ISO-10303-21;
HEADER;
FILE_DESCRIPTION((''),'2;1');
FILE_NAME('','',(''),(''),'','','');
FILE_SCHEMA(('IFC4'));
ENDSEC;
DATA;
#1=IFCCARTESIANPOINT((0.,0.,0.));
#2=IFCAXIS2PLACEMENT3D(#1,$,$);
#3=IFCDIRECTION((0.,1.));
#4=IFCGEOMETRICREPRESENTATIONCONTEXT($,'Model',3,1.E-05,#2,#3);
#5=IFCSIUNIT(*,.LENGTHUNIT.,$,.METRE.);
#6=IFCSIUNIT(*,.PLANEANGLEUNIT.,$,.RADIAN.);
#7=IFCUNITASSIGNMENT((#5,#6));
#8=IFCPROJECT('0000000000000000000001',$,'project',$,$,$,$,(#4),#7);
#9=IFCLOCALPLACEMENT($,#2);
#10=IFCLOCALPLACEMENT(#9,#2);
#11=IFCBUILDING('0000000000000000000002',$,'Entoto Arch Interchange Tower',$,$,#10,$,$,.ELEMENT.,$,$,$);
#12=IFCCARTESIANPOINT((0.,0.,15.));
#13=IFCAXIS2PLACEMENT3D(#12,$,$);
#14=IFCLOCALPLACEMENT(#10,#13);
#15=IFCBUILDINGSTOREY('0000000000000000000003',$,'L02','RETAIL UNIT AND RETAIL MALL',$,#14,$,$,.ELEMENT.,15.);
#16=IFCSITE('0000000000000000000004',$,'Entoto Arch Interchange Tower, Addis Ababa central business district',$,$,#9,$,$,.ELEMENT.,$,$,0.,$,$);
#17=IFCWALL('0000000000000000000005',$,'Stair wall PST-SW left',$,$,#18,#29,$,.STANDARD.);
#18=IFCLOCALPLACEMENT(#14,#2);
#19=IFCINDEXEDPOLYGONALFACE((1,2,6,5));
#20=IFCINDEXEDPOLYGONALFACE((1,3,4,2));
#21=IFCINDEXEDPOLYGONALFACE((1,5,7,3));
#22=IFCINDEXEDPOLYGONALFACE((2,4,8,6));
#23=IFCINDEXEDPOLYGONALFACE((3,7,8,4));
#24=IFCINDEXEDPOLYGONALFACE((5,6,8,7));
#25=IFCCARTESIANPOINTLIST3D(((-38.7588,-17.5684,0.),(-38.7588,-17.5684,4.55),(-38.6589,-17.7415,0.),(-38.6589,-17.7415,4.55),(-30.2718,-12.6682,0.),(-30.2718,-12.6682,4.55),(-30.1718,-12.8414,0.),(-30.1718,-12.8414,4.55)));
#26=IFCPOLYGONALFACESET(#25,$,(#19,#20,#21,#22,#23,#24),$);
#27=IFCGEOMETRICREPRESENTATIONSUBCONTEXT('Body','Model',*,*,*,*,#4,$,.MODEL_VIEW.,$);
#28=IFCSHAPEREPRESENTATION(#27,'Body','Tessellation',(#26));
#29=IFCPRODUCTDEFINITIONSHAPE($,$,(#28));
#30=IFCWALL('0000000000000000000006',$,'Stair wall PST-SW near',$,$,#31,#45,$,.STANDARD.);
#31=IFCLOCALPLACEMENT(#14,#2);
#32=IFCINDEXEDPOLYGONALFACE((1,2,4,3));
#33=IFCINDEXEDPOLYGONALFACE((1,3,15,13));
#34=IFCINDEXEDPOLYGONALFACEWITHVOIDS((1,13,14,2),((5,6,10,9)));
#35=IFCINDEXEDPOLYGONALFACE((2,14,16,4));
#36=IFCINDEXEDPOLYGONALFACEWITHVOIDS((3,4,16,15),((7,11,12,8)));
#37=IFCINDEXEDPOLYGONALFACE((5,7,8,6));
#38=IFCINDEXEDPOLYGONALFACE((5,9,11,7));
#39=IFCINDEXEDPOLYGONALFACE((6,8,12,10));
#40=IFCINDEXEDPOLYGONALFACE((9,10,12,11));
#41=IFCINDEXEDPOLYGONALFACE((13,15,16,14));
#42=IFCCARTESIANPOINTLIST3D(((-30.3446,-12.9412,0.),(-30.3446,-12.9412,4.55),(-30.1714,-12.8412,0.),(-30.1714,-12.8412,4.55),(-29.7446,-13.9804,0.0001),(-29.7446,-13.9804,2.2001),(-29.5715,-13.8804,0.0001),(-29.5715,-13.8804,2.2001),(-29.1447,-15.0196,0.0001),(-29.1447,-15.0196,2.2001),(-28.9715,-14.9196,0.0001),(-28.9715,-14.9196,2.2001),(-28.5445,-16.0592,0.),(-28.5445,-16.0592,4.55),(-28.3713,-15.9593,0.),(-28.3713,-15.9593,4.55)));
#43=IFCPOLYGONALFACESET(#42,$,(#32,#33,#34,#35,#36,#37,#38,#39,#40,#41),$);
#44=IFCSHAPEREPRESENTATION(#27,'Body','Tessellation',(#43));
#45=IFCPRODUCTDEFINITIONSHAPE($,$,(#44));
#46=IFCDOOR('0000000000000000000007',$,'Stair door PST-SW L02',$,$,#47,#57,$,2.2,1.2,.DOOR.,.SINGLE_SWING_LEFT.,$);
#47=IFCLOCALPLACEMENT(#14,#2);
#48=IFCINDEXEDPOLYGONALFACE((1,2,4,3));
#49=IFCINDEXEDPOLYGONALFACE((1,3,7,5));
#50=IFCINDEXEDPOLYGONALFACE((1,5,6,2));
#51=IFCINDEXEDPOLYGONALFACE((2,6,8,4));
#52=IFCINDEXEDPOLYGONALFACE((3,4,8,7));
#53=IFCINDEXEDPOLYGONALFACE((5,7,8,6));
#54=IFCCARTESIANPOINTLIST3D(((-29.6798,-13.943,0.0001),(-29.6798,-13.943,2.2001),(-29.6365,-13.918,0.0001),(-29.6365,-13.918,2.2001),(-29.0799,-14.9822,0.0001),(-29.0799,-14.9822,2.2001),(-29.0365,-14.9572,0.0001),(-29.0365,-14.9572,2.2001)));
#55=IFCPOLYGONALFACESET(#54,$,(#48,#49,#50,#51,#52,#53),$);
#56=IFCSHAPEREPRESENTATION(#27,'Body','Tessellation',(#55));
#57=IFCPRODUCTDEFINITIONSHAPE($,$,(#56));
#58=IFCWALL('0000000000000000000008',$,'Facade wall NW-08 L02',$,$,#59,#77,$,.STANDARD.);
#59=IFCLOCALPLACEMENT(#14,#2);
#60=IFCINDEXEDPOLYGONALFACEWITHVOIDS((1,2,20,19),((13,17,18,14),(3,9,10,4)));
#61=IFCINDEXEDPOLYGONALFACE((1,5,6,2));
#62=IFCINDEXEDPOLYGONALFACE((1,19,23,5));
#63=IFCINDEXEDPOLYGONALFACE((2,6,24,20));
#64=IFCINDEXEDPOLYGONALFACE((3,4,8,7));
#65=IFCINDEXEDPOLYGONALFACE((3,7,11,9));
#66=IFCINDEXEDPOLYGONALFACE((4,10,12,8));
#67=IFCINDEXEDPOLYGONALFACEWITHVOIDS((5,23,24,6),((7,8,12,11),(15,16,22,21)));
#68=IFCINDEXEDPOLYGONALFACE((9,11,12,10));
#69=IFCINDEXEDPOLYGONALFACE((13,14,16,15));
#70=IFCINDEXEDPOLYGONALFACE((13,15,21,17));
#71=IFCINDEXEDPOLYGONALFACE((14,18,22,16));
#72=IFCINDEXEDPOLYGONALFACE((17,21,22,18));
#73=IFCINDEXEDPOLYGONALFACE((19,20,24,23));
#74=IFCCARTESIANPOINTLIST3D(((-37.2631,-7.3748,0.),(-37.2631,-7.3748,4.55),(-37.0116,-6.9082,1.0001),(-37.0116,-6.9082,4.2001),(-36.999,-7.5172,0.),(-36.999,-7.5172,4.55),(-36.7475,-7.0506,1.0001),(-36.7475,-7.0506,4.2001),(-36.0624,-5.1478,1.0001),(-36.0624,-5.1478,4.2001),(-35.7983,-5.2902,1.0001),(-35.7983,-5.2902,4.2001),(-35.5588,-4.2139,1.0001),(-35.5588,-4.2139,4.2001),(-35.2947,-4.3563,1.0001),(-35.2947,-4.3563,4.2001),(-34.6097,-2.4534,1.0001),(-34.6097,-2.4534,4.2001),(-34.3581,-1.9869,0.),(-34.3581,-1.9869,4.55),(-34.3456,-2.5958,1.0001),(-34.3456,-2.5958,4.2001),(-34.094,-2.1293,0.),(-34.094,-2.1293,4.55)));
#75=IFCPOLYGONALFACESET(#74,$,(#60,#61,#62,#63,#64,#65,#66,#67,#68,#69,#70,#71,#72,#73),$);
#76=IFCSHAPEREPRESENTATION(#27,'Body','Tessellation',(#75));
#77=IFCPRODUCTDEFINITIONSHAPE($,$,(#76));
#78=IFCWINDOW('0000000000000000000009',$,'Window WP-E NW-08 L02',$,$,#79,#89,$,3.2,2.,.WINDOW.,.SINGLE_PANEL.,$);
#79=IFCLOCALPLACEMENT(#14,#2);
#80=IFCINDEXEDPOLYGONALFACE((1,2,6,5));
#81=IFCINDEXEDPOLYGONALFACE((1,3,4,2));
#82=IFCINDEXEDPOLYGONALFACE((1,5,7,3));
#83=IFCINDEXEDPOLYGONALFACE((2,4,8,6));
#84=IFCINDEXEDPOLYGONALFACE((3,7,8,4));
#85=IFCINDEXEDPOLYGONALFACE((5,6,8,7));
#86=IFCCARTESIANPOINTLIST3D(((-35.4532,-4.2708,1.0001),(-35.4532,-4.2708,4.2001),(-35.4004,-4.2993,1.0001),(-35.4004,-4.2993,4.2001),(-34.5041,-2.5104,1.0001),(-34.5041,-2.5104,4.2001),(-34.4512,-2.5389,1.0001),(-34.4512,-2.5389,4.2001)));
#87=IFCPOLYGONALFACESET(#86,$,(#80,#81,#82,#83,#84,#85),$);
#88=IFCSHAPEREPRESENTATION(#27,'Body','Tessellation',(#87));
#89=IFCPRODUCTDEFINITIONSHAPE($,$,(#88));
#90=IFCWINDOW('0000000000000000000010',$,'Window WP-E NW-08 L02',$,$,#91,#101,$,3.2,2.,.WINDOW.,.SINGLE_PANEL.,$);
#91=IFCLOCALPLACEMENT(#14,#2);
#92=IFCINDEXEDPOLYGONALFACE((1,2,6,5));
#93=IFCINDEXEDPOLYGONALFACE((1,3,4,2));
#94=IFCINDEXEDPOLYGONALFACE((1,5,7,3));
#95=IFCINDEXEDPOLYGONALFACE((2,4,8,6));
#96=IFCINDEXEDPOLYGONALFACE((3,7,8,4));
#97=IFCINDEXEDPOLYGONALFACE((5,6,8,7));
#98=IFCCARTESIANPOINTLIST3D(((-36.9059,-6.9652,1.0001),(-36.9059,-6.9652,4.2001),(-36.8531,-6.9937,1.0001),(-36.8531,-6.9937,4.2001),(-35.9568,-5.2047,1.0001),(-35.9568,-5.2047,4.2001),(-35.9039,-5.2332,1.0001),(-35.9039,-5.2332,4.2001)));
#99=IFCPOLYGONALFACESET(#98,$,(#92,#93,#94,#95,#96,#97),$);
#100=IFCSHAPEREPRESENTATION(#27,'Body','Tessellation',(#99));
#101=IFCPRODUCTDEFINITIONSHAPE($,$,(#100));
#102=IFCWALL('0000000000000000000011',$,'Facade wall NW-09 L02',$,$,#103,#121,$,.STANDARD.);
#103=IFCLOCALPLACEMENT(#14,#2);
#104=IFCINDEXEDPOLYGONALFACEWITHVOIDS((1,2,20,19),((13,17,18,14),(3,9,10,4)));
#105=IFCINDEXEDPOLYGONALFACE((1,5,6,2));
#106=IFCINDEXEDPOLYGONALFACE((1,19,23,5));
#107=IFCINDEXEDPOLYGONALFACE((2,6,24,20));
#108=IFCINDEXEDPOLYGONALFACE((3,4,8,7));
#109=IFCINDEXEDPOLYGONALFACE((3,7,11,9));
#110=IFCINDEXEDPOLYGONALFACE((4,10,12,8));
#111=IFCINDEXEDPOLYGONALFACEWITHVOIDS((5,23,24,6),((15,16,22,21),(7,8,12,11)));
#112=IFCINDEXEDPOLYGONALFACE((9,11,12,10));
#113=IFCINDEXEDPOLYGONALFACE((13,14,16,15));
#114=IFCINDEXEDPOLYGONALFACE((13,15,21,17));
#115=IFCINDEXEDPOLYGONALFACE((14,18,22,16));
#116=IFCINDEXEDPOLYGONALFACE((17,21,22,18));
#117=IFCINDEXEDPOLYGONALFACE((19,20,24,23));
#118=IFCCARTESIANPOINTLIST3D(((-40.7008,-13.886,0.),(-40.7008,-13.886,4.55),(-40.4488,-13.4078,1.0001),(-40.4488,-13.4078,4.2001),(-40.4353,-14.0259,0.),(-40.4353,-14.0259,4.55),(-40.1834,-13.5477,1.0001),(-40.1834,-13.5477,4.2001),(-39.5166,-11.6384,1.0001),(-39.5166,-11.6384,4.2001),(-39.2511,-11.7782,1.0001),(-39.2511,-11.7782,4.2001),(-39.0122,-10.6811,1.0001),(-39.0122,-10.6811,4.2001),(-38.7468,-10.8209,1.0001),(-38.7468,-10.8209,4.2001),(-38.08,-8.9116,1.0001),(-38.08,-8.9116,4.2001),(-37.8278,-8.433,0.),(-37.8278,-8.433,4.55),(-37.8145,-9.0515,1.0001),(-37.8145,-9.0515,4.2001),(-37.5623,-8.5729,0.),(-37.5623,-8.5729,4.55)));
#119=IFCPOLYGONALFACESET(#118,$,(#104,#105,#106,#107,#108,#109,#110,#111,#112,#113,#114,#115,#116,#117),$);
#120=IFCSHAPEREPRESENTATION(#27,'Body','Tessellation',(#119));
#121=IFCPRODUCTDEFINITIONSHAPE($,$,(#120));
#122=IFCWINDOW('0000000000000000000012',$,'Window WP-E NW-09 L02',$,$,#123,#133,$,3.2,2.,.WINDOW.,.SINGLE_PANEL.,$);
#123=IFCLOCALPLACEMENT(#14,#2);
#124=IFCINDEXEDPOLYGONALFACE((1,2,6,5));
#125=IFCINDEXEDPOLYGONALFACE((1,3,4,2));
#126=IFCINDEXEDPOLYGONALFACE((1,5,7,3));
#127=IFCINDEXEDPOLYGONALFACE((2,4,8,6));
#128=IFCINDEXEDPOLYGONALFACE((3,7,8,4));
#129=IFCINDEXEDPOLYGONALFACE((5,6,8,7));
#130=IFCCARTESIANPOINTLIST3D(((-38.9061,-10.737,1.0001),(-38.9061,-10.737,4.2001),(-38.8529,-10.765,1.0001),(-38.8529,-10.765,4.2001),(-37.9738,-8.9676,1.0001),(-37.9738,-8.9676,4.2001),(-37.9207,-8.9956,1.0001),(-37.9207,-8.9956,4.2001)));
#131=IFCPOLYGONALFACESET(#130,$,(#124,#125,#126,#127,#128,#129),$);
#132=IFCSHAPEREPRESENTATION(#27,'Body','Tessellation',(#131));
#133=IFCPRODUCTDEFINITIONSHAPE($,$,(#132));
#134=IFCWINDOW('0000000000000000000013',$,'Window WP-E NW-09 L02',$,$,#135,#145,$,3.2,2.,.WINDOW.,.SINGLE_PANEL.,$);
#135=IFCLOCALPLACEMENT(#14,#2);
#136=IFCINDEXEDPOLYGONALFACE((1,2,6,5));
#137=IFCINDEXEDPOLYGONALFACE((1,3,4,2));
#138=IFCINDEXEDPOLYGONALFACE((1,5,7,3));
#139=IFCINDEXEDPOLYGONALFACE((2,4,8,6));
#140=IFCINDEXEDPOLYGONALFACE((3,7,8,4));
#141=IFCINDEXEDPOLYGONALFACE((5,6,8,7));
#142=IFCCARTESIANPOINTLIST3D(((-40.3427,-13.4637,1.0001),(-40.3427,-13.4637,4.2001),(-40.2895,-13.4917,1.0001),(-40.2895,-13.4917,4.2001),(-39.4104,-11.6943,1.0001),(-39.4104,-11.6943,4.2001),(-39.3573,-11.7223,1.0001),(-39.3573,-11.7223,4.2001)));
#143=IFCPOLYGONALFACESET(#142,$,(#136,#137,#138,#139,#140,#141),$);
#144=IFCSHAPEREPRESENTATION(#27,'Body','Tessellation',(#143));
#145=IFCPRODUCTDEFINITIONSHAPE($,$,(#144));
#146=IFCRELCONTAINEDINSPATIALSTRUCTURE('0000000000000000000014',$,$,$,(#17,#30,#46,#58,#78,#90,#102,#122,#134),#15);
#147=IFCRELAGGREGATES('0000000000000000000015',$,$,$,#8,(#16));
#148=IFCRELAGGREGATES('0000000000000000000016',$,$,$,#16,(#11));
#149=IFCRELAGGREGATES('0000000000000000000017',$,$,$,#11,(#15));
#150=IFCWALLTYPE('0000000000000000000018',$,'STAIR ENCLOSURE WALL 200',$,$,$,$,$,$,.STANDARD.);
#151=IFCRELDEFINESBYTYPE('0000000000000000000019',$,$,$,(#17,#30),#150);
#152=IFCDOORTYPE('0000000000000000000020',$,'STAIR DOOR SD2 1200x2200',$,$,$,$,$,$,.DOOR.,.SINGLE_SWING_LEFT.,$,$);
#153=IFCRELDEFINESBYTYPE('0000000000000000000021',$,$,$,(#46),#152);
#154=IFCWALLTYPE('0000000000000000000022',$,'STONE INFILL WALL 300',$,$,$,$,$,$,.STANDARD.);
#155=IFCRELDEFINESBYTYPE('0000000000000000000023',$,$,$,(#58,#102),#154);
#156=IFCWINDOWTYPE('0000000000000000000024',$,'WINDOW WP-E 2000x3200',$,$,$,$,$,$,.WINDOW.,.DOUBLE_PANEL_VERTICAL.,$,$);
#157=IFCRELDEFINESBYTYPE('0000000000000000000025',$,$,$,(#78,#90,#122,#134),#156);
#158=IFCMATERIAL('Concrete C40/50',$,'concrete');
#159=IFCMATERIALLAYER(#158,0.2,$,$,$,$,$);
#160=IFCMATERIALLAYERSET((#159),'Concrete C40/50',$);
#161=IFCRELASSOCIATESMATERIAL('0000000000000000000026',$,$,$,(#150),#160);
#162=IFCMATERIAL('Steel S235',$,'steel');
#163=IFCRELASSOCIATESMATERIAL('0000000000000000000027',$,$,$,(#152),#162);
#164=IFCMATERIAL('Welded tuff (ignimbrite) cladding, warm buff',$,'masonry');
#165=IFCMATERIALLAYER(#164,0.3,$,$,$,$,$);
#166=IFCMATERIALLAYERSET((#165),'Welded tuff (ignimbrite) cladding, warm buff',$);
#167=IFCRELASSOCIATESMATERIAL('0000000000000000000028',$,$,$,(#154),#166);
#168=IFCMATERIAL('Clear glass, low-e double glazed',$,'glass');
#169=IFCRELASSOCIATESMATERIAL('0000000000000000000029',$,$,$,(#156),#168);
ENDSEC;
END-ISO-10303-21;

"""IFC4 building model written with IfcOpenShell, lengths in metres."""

from ifc_helpers import new_model, si_unit, direction, frame, frame_2d, origin, place, context, subcontext, project, spatial, rectangle, extrude, material, layer, layer_set, type_object, element, fill, save


model = new_model("IFC4")

# Units and contexts
model_context = context("Model", 3, precision=1e-05, world=origin(), true_north=direction((0.0, 1.0)))
body_context = subcontext(model_context, "Body", "Model", "MODEL_VIEW")
ifc_project = project(units=[si_unit("LENGTHUNIT", "METRE"), si_unit("PLANEANGLEUNIT", "RADIAN")], contexts=[model_context])

# Site, building, storey
site_placement = place(None, origin())
site = spatial("IfcSite", under=ifc_project, at=site_placement, Name="Entoto Arch Interchange Tower, Addis Ababa central business district", CompositionType="ELEMENT", RefElevation=0.0)
building_placement = place(site_placement, origin())
building = spatial("IfcBuilding", under=site, at=building_placement, Name="Entoto Arch Interchange Tower", CompositionType="ELEMENT")
storey_placement = place(building_placement, frame((0.0, 0.0, 15.0)))
storey = spatial("IfcBuildingStorey", under=building, at=storey_placement, Name="L02", Description="RETAIL UNIT AND RETAIL MALL", CompositionType="ELEMENT", Elevation=15.0)

# Wall
ifc_material_1 = material(Name="Concrete C40/50", Category="concrete")
ifc_layer_1 = layer(ifc_material_1, 0.2)
ifc_layer_set_1 = layer_set([ifc_layer_1], Name="Concrete C40/50")
wall_type_1 = type_object("IfcWallType", Name="STAIR ENCLOSURE WALL 200", PredefinedType="STANDARD", material=ifc_layer_set_1)
wall_1_placement = place(storey_placement, frame((-30.2219, -12.7549, 0.0), z_axis=(0.0, 0.0, 1.0), x_axis=(-0.866019, -0.500011, 0.0)))
element("IfcWall", 1, at=wall_1_placement, inside=storey, type_object=wall_type_1, Name="Stair wall PST-SW left", PredefinedType="STANDARD", context=body_context, shape_type="SweptSolid", body=[
    extrude(rectangle(XDim=9.8, YDim=0.2, at=frame_2d((4.8999, 0.0))), origin(), (0.0, 0.0, 1.0), 4.55),
])

# Wall, opening, door
wall_2_placement = place(storey_placement, frame((-30.2581, -12.8911, 0.0), z_axis=(0.0, 0.0, 1.0), x_axis=(0.499983, -0.866035, 0.0)))
wall_2 = element("IfcWall", 2, at=wall_2_placement, inside=storey, type_object=wall_type_1, Name="Stair wall PST-SW near", PredefinedType="STANDARD", context=body_context, shape_type="SweptSolid", body=[
    extrude(rectangle(XDim=3.6003, YDim=0.2, at=frame_2d((1.8003, 0.0))), origin(), (0.0, 0.0, 1.0), 4.55),
])
opening_1_placement = place(wall_2_placement, frame((1.2, 0.0, 0.0)))
opening_1 = element("IfcOpeningElement", 3, at=opening_1_placement, cuts=wall_2, PredefinedType="OPENING", context=body_context, shape_type="SweptSolid", body=[
    extrude(rectangle(XDim=1.2, YDim=2.2, at=frame_2d((0.6001, 1.1001))), frame((0.0, 0.1099, 0.0), z_axis=(0.0, -1.0, 0.0), x_axis=(1.0, 0.0, 0.0)), (0.0, 0.0, 1.0), 0.22),
])
ifc_material_2 = material(Name="Steel S235", Category="steel")
door_type_1 = type_object("IfcDoorType", Name="STAIR DOOR SD2 1200x2200", OperationType="SINGLE_SWING_LEFT", PredefinedType="DOOR", material=ifc_material_2)
door_1_placement = place(opening_1_placement, origin())
door_1 = element("IfcDoor", 4, at=door_1_placement, inside=storey, type_object=door_type_1, Name="Stair door PST-SW L02", OperationType="SINGLE_SWING_LEFT", OverallHeight=2.2, OverallWidth=1.2, PredefinedType="DOOR", context=body_context, shape_type="SweptSolid", body=[
    extrude(rectangle(XDim=1.2, YDim=2.2, at=frame_2d((0.6001, 1.1001))), frame((0.0, 0.0249, 0.0), z_axis=(0.0, -1.0, 0.0), x_axis=(1.0, 0.0, 0.0)), (0.0, 0.0, 1.0), 0.05),
])
fill(opening_1, door_1)

# Walls, openings, windows
ifc_material_3 = material(Name="Welded tuff (ignimbrite) cladding, warm buff", Category="masonry")
ifc_layer_2 = layer(ifc_material_3, 0.3)
ifc_layer_set_2 = layer_set([ifc_layer_2], Name="Welded tuff (ignimbrite) cladding, warm buff")
wall_type_2 = type_object("IfcWallType", Name="STONE INFILL WALL 300", PredefinedType="STANDARD", material=ifc_layer_set_2)
wall_3_placement = place(storey_placement, frame((-34.2261, -2.0581, 0.0), z_axis=(0.0, 0.0, 1.0), x_axis=(-0.474585, -0.88021, 0.0)))
wall_3 = element("IfcWall", 5, at=wall_3_placement, inside=storey, type_object=wall_type_2, Name="Facade wall NW-08 L02", PredefinedType="STANDARD", context=body_context, shape_type="SweptSolid", body=[
    extrude(rectangle(XDim=6.1211, YDim=0.3, at=frame_2d((3.0605, 0.0))), origin(), (0.0, 0.0, 1.0), 4.55),
])
opening_2_placement = place(wall_3_placement, frame((0.53, 0.0, 1.0)))
opening_2 = element("IfcOpeningElement", 6, at=opening_2_placement, cuts=wall_3, PredefinedType="OPENING", context=body_context, shape_type="SweptSolid", body=[
    extrude(rectangle(XDim=2.0, YDim=3.2, at=frame_2d((1.0, 1.6001))), frame((0.0, 0.1602, 0.0), z_axis=(0.0, -1.0, 0.0), x_axis=(1.0, 0.0, 0.0)), (0.0, 0.0, 1.0), 0.3201),
])
opening_3_placement = place(wall_3_placement, frame((3.5911, 0.0, 1.0)))
opening_3 = element("IfcOpeningElement", 7, at=opening_3_placement, cuts=wall_3, PredefinedType="OPENING", context=body_context, shape_type="SweptSolid", body=[
    extrude(rectangle(XDim=2.0, YDim=3.2, at=frame_2d((1.0, 1.6001))), frame((0.0, 0.1602, 0.0), z_axis=(0.0, -1.0, 0.0), x_axis=(1.0, 0.0, 0.0)), (0.0, 0.0, 1.0), 0.3201),
])
ifc_material_4 = material(Name="Clear glass, low-e double glazed", Category="glass")
window_type_1 = type_object("IfcWindowType", Name="WINDOW WP-E 2000x3200", PartitioningType="DOUBLE_PANEL_VERTICAL", PredefinedType="WINDOW", material=ifc_material_4)
window_1_placement = place(opening_2_placement, origin())
window_1 = element("IfcWindow", 8, at=window_1_placement, inside=storey, type_object=window_type_1, Name="Window WP-E NW-08 L02", OverallHeight=3.2, OverallWidth=2.0, PartitioningType="SINGLE_PANEL", PredefinedType="WINDOW", context=body_context, shape_type="SweptSolid", body=[
    extrude(rectangle(XDim=2.0, YDim=3.2, at=frame_2d((1.0, 1.6001))), frame((0.0, 0.03, 0.0), z_axis=(0.0, -1.0, 0.0), x_axis=(1.0, 0.0, 0.0)), (0.0, 0.0, 1.0), 0.0601),
])
fill(opening_2, window_1)
window_2_placement = place(opening_3_placement, origin())
window_2 = element("IfcWindow", 9, at=window_2_placement, inside=storey, type_object=window_type_1, Name="Window WP-E NW-08 L02", OverallHeight=3.2, OverallWidth=2.0, PartitioningType="SINGLE_PANEL", PredefinedType="WINDOW", context=body_context, shape_type="SweptSolid", body=[
    extrude(rectangle(XDim=2.0, YDim=3.2, at=frame_2d((1.0, 1.6001))), frame((0.0, 0.03, 0.0), z_axis=(0.0, -1.0, 0.0), x_axis=(1.0, 0.0, 0.0)), (0.0, 0.0, 1.0), 0.0601),
])
fill(opening_3, window_2)
wall_4_placement = place(storey_placement, frame((-37.6951, -8.5029, 0.0), z_axis=(0.0, 0.0, 1.0), x_axis=(-0.466125, -0.884719, 0.0)))
wall_4 = element("IfcWall", 10, at=wall_4_placement, inside=storey, type_object=wall_type_2, Name="Facade wall NW-09 L02", PredefinedType="STANDARD", context=body_context, shape_type="SweptSolid", body=[
    extrude(rectangle(XDim=6.1636, YDim=0.3, at=frame_2d((3.0818, 0.0))), origin(), (0.0, 0.0, 1.0), 4.55),
])
opening_4_placement = place(wall_4_placement, frame((0.541, 0.0, 1.0)))
opening_4 = element("IfcOpeningElement", 11, at=opening_4_placement, cuts=wall_4, PredefinedType="OPENING", context=body_context, shape_type="SweptSolid", body=[
    extrude(rectangle(XDim=2.0, YDim=3.2, at=frame_2d((1.0, 1.6001))), frame((0.0, 0.1602, 0.0), z_axis=(0.0, -1.0, 0.0), x_axis=(1.0, 0.0, 0.0)), (0.0, 0.0, 1.0), 0.3201),
])
opening_5_placement = place(wall_4_placement, frame((3.623, 0.0, 1.0)))
opening_5 = element("IfcOpeningElement", 12, at=opening_5_placement, cuts=wall_4, PredefinedType="OPENING", context=body_context, shape_type="SweptSolid", body=[
    extrude(rectangle(XDim=2.0, YDim=3.2, at=frame_2d((1.0, 1.6001))), frame((0.0, 0.1602, 0.0), z_axis=(0.0, -1.0, 0.0), x_axis=(1.0, 0.0, 0.0)), (0.0, 0.0, 1.0), 0.3201),
])
window_3_placement = place(opening_4_placement, origin())
window_3 = element("IfcWindow", 13, at=window_3_placement, inside=storey, type_object=window_type_1, Name="Window WP-E NW-09 L02", OverallHeight=3.2, OverallWidth=2.0, PartitioningType="SINGLE_PANEL", PredefinedType="WINDOW", context=body_context, shape_type="SweptSolid", body=[
    extrude(rectangle(XDim=2.0, YDim=3.2, at=frame_2d((1.0, 1.6001))), frame((0.0, 0.03, 0.0), z_axis=(0.0, -1.0, 0.0), x_axis=(1.0, 0.0, 0.0)), (0.0, 0.0, 1.0), 0.0601),
])
fill(opening_4, window_3)
window_4_placement = place(opening_5_placement, origin())
window_4 = element("IfcWindow", 14, at=window_4_placement, inside=storey, type_object=window_type_1, Name="Window WP-E NW-09 L02", OverallHeight=3.2, OverallWidth=2.0, PartitioningType="SINGLE_PANEL", PredefinedType="WINDOW", context=body_context, shape_type="SweptSolid", body=[
    extrude(rectangle(XDim=2.0, YDim=3.2, at=frame_2d((1.0, 1.6001))), frame((0.0, 0.03, 0.0), z_axis=(0.0, -1.0, 0.0), x_axis=(1.0, 0.0, 0.0)), (0.0, 0.0, 1.0), 0.0601),
])
fill(opening_5, window_4)

save(model, "model.ifc")
